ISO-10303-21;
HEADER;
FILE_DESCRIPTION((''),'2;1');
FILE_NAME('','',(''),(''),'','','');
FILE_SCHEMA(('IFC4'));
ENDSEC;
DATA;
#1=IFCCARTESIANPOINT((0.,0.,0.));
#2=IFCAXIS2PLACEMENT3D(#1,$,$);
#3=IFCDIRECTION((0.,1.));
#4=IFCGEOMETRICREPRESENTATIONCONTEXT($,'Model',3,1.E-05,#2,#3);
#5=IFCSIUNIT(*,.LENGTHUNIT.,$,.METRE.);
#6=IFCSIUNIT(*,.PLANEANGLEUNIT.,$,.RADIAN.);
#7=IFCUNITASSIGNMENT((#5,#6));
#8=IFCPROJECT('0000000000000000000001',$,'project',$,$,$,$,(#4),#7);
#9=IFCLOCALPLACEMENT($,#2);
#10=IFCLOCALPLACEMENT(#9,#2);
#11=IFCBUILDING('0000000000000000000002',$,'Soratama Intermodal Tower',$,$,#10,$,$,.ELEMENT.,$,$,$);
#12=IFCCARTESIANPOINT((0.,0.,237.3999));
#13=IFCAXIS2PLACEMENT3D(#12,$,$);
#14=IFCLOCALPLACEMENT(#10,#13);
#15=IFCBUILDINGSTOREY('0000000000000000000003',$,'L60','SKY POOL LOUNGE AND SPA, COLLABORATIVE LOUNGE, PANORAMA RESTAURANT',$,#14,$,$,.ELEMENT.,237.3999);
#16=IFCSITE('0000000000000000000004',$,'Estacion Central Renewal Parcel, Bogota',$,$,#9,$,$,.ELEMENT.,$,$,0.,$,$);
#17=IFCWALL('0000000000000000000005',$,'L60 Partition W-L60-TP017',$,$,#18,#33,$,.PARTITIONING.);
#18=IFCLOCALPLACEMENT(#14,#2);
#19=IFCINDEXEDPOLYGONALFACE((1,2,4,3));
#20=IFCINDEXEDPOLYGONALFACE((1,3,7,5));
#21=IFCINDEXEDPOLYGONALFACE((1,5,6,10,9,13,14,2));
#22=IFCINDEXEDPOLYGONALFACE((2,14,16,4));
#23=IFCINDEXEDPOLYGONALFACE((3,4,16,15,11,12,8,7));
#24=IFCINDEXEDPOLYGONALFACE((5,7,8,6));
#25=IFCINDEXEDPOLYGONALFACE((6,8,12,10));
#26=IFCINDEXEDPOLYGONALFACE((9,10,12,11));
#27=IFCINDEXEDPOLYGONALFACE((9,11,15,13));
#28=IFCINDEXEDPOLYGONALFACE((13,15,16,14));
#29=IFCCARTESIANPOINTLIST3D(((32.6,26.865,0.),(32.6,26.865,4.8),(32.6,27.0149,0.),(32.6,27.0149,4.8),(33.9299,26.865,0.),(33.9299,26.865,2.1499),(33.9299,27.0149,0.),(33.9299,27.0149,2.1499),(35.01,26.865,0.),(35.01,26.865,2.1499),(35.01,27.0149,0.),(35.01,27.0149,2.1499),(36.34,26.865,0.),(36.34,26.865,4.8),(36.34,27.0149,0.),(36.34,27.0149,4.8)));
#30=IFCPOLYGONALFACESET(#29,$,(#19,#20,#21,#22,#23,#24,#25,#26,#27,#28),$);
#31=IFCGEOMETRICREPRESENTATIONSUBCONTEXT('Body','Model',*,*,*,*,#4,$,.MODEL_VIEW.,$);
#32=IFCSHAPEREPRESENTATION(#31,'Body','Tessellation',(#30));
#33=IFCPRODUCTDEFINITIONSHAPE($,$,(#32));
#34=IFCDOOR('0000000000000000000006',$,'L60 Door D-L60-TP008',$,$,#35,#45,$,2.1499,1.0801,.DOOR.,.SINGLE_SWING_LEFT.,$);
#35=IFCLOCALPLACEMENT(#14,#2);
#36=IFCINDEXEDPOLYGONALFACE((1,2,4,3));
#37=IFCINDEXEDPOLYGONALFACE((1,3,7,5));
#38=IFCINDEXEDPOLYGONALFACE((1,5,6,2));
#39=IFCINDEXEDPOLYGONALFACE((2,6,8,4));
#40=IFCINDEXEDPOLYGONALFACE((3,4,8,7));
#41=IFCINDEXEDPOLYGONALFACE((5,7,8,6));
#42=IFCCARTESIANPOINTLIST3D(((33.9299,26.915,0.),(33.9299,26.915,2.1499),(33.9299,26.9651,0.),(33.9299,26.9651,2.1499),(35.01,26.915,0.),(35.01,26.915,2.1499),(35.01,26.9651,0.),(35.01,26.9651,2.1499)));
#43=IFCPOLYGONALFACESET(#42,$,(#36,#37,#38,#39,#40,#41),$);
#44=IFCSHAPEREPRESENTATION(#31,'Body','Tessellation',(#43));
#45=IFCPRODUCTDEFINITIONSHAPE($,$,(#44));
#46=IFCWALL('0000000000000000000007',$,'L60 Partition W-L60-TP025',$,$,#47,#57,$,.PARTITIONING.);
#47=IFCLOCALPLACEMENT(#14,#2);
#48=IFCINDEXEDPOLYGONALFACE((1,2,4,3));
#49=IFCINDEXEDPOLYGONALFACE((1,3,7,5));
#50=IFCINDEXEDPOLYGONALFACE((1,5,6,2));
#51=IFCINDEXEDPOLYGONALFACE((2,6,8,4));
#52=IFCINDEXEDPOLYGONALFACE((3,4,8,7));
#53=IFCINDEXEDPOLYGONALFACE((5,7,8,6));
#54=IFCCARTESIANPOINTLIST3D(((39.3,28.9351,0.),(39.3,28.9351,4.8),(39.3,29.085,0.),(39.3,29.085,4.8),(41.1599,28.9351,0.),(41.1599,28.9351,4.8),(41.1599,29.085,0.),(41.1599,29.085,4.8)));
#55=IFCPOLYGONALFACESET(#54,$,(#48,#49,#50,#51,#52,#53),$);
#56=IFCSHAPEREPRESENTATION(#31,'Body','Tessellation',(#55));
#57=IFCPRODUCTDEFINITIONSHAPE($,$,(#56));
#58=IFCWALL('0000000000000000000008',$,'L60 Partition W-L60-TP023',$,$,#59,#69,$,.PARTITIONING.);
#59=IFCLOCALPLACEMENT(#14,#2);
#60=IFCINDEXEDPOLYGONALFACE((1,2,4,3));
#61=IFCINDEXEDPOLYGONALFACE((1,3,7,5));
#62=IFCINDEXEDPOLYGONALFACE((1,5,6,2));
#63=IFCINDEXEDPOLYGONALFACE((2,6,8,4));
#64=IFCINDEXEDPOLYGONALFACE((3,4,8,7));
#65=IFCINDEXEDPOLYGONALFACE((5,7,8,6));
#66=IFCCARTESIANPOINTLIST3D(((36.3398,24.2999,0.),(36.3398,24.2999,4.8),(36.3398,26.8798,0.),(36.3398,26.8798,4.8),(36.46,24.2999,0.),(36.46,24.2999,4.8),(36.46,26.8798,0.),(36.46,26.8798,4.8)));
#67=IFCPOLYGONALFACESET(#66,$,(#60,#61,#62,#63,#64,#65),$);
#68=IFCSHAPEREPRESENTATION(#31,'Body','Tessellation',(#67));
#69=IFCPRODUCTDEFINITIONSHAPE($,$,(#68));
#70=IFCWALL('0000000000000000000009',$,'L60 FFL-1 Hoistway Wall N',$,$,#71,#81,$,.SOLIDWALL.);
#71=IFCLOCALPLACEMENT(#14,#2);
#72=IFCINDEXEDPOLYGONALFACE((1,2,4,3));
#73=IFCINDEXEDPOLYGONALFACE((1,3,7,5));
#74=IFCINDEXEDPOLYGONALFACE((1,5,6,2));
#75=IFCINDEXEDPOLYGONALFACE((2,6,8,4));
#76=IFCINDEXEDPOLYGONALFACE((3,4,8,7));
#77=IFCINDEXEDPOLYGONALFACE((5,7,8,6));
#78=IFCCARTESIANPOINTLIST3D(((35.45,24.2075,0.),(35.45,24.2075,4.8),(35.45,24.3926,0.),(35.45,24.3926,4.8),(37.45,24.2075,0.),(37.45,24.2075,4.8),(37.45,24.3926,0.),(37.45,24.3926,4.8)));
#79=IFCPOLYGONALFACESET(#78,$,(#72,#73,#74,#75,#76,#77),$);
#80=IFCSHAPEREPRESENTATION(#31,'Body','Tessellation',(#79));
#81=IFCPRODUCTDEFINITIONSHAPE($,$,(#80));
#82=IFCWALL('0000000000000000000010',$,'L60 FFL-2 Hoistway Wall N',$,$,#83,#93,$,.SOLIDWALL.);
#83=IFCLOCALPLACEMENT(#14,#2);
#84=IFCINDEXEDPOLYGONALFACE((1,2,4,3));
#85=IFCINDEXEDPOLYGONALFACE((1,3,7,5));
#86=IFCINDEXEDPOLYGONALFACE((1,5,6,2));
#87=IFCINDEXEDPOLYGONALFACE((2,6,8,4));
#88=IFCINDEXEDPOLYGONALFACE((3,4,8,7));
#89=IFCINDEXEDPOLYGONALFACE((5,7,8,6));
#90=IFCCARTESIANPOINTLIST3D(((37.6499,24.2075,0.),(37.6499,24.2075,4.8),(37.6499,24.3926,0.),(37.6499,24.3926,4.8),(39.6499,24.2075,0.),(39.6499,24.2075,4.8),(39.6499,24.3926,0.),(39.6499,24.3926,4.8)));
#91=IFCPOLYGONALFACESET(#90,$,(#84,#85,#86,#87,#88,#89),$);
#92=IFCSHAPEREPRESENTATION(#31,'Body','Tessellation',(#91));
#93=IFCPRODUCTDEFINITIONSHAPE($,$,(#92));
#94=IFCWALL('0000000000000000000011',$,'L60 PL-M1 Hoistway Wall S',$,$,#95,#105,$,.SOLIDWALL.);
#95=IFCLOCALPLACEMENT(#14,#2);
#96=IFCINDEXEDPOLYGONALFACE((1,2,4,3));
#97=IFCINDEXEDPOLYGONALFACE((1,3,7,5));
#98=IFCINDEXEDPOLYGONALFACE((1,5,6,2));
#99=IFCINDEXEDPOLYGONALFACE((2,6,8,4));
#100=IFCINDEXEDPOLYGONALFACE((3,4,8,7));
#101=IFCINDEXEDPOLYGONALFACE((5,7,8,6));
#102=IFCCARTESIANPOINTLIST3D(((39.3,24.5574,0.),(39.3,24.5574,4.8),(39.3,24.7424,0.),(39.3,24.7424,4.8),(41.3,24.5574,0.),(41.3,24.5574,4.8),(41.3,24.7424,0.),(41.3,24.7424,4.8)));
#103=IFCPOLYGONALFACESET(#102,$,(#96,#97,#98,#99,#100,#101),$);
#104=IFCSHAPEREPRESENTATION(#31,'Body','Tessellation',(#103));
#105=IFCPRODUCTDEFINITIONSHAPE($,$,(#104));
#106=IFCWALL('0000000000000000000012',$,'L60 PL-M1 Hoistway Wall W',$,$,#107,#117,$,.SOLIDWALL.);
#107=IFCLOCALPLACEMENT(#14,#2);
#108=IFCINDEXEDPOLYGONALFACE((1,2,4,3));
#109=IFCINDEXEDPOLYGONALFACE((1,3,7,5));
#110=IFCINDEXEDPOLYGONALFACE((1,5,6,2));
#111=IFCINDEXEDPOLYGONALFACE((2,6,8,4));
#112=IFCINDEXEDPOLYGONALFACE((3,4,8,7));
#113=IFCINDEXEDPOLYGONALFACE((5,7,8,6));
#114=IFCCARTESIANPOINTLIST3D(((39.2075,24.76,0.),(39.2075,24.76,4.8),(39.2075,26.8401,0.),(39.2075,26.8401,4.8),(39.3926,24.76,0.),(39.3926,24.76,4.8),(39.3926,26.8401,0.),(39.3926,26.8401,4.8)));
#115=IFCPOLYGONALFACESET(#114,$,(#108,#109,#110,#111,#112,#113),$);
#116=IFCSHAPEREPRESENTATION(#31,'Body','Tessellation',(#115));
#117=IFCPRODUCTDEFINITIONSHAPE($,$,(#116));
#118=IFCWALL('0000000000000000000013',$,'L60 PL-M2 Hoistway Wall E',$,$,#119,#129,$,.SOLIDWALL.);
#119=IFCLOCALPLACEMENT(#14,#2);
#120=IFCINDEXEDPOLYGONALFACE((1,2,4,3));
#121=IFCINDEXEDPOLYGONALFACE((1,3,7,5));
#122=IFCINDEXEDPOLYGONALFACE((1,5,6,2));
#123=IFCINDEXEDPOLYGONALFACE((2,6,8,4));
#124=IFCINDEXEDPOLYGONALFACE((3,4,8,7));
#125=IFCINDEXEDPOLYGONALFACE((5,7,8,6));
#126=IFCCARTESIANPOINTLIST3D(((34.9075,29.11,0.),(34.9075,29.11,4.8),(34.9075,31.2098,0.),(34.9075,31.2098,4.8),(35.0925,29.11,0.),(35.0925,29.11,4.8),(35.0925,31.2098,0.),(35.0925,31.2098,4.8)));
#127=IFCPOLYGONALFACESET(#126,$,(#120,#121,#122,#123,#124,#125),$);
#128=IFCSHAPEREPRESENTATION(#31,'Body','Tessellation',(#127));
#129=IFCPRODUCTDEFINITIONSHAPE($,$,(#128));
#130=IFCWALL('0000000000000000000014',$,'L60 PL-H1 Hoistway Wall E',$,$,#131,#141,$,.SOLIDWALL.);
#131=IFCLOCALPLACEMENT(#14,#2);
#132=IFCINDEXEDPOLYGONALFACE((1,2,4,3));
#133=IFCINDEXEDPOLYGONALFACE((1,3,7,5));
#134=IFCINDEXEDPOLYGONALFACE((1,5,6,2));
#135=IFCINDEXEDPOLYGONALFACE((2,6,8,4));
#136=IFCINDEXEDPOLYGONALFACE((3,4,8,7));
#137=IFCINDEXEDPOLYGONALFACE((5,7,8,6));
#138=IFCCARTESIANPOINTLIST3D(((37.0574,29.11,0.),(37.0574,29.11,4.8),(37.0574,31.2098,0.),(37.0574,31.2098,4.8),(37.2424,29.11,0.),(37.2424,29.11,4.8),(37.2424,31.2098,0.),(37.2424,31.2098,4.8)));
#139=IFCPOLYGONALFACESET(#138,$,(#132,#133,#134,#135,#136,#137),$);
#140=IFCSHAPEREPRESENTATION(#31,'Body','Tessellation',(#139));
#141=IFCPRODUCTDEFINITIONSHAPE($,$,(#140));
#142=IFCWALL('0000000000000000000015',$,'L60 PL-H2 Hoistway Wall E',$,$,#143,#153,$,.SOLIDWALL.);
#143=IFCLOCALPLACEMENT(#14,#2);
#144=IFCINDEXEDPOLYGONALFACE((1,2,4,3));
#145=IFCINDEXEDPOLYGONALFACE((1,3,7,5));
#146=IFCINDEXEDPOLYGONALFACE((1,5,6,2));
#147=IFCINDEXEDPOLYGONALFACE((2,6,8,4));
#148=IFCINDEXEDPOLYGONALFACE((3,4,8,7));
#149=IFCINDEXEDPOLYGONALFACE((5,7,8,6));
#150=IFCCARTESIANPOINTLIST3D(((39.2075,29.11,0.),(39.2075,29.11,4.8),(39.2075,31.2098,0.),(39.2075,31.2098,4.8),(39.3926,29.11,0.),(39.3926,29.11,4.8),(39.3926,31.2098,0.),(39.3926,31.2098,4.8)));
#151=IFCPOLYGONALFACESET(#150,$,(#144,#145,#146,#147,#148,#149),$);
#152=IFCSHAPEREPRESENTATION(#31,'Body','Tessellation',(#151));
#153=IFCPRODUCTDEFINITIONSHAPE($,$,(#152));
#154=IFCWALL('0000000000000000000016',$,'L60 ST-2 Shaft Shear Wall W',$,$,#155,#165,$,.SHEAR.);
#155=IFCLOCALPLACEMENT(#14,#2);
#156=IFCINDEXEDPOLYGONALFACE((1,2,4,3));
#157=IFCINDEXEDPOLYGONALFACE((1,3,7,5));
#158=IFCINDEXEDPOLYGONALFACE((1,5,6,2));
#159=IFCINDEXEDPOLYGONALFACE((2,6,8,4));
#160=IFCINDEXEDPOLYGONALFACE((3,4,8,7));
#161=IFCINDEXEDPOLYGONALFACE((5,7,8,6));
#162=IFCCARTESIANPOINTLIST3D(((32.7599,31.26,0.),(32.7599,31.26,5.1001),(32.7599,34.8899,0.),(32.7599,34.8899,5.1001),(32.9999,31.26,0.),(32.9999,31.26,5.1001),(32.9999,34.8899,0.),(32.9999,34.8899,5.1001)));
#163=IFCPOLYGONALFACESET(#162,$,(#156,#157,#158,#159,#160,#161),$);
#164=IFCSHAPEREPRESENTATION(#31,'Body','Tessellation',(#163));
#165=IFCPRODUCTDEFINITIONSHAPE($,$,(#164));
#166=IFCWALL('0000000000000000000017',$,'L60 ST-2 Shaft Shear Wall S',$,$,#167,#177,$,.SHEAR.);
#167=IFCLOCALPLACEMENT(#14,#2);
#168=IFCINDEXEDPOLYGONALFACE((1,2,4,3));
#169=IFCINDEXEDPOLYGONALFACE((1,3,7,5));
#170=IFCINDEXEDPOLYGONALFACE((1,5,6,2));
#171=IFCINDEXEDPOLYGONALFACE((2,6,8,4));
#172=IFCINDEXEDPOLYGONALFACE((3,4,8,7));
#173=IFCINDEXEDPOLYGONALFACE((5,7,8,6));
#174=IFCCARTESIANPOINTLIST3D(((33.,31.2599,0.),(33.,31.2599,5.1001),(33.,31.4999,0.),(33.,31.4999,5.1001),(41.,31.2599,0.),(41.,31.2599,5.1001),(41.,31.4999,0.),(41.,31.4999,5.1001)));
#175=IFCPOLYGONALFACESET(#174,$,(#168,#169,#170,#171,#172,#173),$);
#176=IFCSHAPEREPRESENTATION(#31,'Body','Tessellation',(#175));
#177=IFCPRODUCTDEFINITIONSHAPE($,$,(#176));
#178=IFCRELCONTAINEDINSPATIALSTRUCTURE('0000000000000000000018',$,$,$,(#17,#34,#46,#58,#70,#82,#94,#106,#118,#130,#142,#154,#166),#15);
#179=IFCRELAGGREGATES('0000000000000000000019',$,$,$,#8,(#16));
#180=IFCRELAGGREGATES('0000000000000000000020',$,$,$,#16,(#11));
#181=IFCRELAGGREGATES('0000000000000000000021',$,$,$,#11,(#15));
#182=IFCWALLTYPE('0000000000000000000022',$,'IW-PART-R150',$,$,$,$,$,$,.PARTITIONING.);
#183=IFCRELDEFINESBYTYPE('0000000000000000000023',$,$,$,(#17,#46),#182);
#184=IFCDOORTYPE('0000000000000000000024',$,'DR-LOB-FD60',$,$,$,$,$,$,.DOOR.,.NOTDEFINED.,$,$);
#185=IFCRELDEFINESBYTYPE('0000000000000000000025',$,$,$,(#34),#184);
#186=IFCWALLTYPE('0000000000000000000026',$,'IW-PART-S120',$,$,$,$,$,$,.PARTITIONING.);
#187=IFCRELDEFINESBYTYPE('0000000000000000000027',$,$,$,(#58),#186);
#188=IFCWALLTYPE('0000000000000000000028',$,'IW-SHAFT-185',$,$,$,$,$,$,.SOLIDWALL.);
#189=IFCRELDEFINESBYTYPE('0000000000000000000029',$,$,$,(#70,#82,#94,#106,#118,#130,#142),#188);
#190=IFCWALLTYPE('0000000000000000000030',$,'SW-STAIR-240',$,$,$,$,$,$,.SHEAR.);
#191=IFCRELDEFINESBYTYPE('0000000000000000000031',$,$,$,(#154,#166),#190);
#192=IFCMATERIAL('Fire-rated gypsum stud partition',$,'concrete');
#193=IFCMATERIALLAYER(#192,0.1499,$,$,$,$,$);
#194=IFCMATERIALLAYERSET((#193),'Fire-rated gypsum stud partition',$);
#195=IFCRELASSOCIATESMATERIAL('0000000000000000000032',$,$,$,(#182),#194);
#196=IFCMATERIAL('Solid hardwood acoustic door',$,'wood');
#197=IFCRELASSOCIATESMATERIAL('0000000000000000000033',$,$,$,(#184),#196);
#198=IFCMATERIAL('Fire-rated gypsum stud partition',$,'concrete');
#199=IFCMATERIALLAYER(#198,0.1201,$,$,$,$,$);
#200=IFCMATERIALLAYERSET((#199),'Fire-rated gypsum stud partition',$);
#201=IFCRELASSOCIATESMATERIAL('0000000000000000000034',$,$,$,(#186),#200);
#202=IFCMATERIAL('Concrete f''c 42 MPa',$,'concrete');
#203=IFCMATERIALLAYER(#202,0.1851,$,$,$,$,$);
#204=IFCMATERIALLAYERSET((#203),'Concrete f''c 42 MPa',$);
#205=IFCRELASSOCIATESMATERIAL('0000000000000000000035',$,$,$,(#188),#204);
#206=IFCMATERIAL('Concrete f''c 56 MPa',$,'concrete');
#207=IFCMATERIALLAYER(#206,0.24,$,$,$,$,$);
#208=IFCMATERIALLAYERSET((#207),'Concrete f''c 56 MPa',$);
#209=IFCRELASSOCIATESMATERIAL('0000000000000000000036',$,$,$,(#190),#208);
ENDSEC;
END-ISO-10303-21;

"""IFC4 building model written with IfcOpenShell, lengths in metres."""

from ifc_helpers import new_model, si_unit, direction, frame, frame_2d, origin, place, context, subcontext, project, spatial, rectangle, extrude, material, layer, layer_set, type_object, element, fill, save


model = new_model("IFC4")

# Units and contexts
model_context = context("Model", 3, precision=1e-05, world=origin(), true_north=direction((0.0, 1.0)))
body_context = subcontext(model_context, "Body", "Model", "MODEL_VIEW")
ifc_project = project(units=[si_unit("LENGTHUNIT", "METRE"), si_unit("PLANEANGLEUNIT", "RADIAN")], contexts=[model_context])

# Site, building, storey
site_placement = place(None, origin())
site = spatial("IfcSite", under=ifc_project, at=site_placement, Name="Estacion Central Renewal Parcel, Bogota", CompositionType="ELEMENT", RefElevation=0.0)
building_placement = place(site_placement, origin())
building = spatial("IfcBuilding", under=site, at=building_placement, Name="Soratama Intermodal Tower", CompositionType="ELEMENT")
storey_placement = place(building_placement, frame((0.0, 0.0, 237.3999)))
storey = spatial("IfcBuildingStorey", under=building, at=storey_placement, Name="L60", Description="SKY POOL LOUNGE AND SPA, COLLABORATIVE LOUNGE, PANORAMA RESTAURANT", CompositionType="ELEMENT", Elevation=237.3999)

# Wall, opening, door
ifc_material_1 = material(Name="Fire-rated gypsum stud partition", Category="concrete")
ifc_layer_1 = layer(ifc_material_1, 0.1499)
ifc_layer_set_1 = layer_set([ifc_layer_1], Name="Fire-rated gypsum stud partition")
wall_type_1 = type_object("IfcWallType", Name="IW-PART-R150", PredefinedType="PARTITIONING", material=ifc_layer_set_1)
wall_1_placement = place(storey_placement, frame((36.3401, 26.9399, 0.0), z_axis=(0.0, 0.0, 1.0), x_axis=(-1.0, 0.0, 0.0)))
wall_1 = element("IfcWall", 1, at=wall_1_placement, inside=storey, type_object=wall_type_1, Name="L60 Partition W-L60-TP017", PredefinedType="PARTITIONING", context=body_context, shape_type="SweptSolid", body=[
    extrude(rectangle(XDim=3.74, YDim=0.1499, at=frame_2d((1.8701, 0.0))), origin(), (0.0, 0.0, 1.0), 4.8),
])
opening_1_placement = place(wall_1_placement, frame((1.3301, 0.0, 0.0)))
opening_1 = element("IfcOpeningElement", 2, at=opening_1_placement, cuts=wall_1, PredefinedType="OPENING", context=body_context, shape_type="SweptSolid", body=[
    extrude(rectangle(XDim=1.0801, YDim=2.1499, at=frame_2d((0.54, 1.075))), frame((0.0, 0.085, 0.0), z_axis=(0.0, -1.0, 0.0), x_axis=(1.0, 0.0, 0.0)), (0.0, 0.0, 1.0), 0.1699),
])
ifc_material_2 = material(Name="Solid hardwood acoustic door", Category="wood")
door_type_1 = type_object("IfcDoorType", Name="DR-LOB-FD60", OperationType="NOTDEFINED", PredefinedType="DOOR", material=ifc_material_2)
door_1_placement = place(opening_1_placement, origin())
door_1 = element("IfcDoor", 3, at=door_1_placement, inside=storey, type_object=door_type_1, Name="L60 Door D-L60-TP008", OperationType="SINGLE_SWING_LEFT", OverallHeight=2.1499, OverallWidth=1.0801, PredefinedType="DOOR", context=body_context, shape_type="SweptSolid", body=[
    extrude(rectangle(XDim=1.0801, YDim=2.1499, at=frame_2d((0.54, 1.075))), frame((0.0, 0.0249, 0.0), z_axis=(0.0, -1.0, 0.0), x_axis=(1.0, 0.0, 0.0)), (0.0, 0.0, 1.0), 0.05),
])
fill(opening_1, door_1)

# Walls
wall_2_placement = place(storey_placement, frame((39.3, 29.01, 0.0), z_axis=(0.0, 0.0, 1.0), x_axis=(1.0, 0.0, 0.0)))
element("IfcWall", 4, at=wall_2_placement, inside=storey, type_object=wall_type_1, Name="L60 Partition W-L60-TP025", PredefinedType="PARTITIONING", context=body_context, shape_type="SweptSolid", body=[
    extrude(rectangle(XDim=1.8599, YDim=0.1499, at=frame_2d((0.9299, 0.0))), origin(), (0.0, 0.0, 1.0), 4.8),
])
ifc_material_3 = material(Name="Fire-rated gypsum stud partition", Category="concrete")
ifc_layer_2 = layer(ifc_material_3, 0.1201)
ifc_layer_set_2 = layer_set([ifc_layer_2], Name="Fire-rated gypsum stud partition")
wall_type_2 = type_object("IfcWallType", Name="IW-PART-S120", PredefinedType="PARTITIONING", material=ifc_layer_set_2)
wall_3_placement = place(storey_placement, frame((36.3999, 26.8799, 0.0), z_axis=(0.0, 0.0, 1.0), x_axis=(0.0, -1.0, 0.0)))
element("IfcWall", 5, at=wall_3_placement, inside=storey, type_object=wall_type_2, Name="L60 Partition W-L60-TP023", PredefinedType="PARTITIONING", context=body_context, shape_type="SweptSolid", body=[
    extrude(rectangle(XDim=2.5798, YDim=0.1201, at=frame_2d((1.29, 0.0))), origin(), (0.0, 0.0, 1.0), 4.8),
])
ifc_material_4 = material(Name="Concrete f'c 42 MPa", Category="concrete")
ifc_layer_3 = layer(ifc_material_4, 0.1851)
ifc_layer_set_3 = layer_set([ifc_layer_3], Name="Concrete f'c 42 MPa")
wall_type_3 = type_object("IfcWallType", Name="IW-SHAFT-185", PredefinedType="SOLIDWALL", material=ifc_layer_set_3)
for number, where, z_axis, x_axis, name in (
    (6, (35.45, 24.3, 0.0), (0.0, 0.0, 1.0), (1.0, 0.0, 0.0), "L60 FFL-1 Hoistway Wall N"),
    (7, (37.6499, 24.3, 0.0), (0.0, 0.0, 1.0), (1.0, 0.0, 0.0), "L60 FFL-2 Hoistway Wall N"),
    (8, (39.3, 24.6499, 0.0), (0.0, 0.0, 1.0), (1.0, 0.0, 0.0), "L60 PL-M1 Hoistway Wall S"),
):
    element("IfcWall", number, at=place(storey_placement, frame(where, z_axis=z_axis, x_axis=x_axis)), inside=storey, type_object=wall_type_3, Name=name, PredefinedType="SOLIDWALL", context=body_context, shape_type="SweptSolid", body=[
        extrude(rectangle(XDim=2.0, YDim=0.1851, at=frame_2d((1.0, 0.0))), origin(), (0.0, 0.0, 1.0), 4.8),
    ])

# Walls
wall_4_placement = place(storey_placement, frame((39.3, 24.76, 0.0), z_axis=(0.0, 0.0, 1.0), x_axis=(0.0, 1.0, 0.0)))
element("IfcWall", 9, at=wall_4_placement, inside=storey, type_object=wall_type_3, Name="L60 PL-M1 Hoistway Wall W", PredefinedType="SOLIDWALL", context=body_context, shape_type="SweptSolid", body=[
    extrude(rectangle(XDim=2.0801, YDim=0.1851, at=frame_2d((1.04, 0.0))), origin(), (0.0, 0.0, 1.0), 4.8),
])
wall_5_placement = place(storey_placement, frame((35.0, 29.1101, 0.0), z_axis=(0.0, 0.0, 1.0), x_axis=(0.0, 1.0, 0.0)))
element("IfcWall", 10, at=wall_5_placement, inside=storey, type_object=wall_type_3, Name="L60 PL-M2 Hoistway Wall E", PredefinedType="SOLIDWALL", context=body_context, shape_type="SweptSolid", body=[
    extrude(rectangle(XDim=2.0999, YDim=0.1851, at=frame_2d((1.0498, 0.0))), origin(), (0.0, 0.0, 1.0), 4.8),
])

# Wall
wall_6_placement = place(storey_placement, frame((37.1499, 29.1101, 0.0), z_axis=(0.0, 0.0, 1.0), x_axis=(0.0, 1.0, 0.0)))
element("IfcWall", 11, at=wall_6_placement, inside=storey, type_object=wall_type_3, Name="L60 PL-H1 Hoistway Wall E", PredefinedType="SOLIDWALL", context=body_context, shape_type="SweptSolid", body=[
    extrude(rectangle(XDim=2.0999, YDim=0.1851, at=frame_2d((1.0498, 0.0))), origin(), (0.0, 0.0, 1.0), 4.8),
])

# Walls
wall_7_placement = place(storey_placement, frame((39.3, 29.1101, 0.0), z_axis=(0.0, 0.0, 1.0), x_axis=(0.0, 1.0, 0.0)))
element("IfcWall", 12, at=wall_7_placement, inside=storey, type_object=wall_type_3, Name="L60 PL-H2 Hoistway Wall E", PredefinedType="SOLIDWALL", context=body_context, shape_type="SweptSolid", body=[
    extrude(rectangle(XDim=2.0999, YDim=0.1851, at=frame_2d((1.0498, 0.0))), origin(), (0.0, 0.0, 1.0), 4.8),
])
ifc_material_5 = material(Name="Concrete f'c 56 MPa", Category="concrete")
ifc_layer_4 = layer(ifc_material_5, 0.24)
ifc_layer_set_4 = layer_set([ifc_layer_4], Name="Concrete f'c 56 MPa")
wall_type_4 = type_object("IfcWallType", Name="SW-STAIR-240", PredefinedType="SHEAR", material=ifc_layer_set_4)
wall_8_placement = place(storey_placement, frame((32.8799, 31.26, 0.0), z_axis=(0.0, 0.0, 1.0), x_axis=(0.0, 1.0, 0.0)))
element("IfcWall", 13, at=wall_8_placement, inside=storey, type_object=wall_type_4, Name="L60 ST-2 Shaft Shear Wall W", PredefinedType="SHEAR", context=body_context, shape_type="SweptSolid", body=[
    extrude(rectangle(XDim=3.6299, YDim=0.24, at=frame_2d((1.8149, 0.0))), origin(), (0.0, 0.0, 1.0), 5.1001),
])
wall_9_placement = place(storey_placement, frame((33.0, 31.3799, 0.0), z_axis=(0.0, 0.0, 1.0), x_axis=(1.0, 0.0, 0.0)))
element("IfcWall", 14, at=wall_9_placement, inside=storey, type_object=wall_type_4, Name="L60 ST-2 Shaft Shear Wall S", PredefinedType="SHEAR", context=body_context, shape_type="SweptSolid", body=[
    extrude(rectangle(XDim=8.0, YDim=0.24, at=frame_2d((4.0, 0.0))), origin(), (0.0, 0.0, 1.0), 5.1001),
])

save(model, "model.ifc")
